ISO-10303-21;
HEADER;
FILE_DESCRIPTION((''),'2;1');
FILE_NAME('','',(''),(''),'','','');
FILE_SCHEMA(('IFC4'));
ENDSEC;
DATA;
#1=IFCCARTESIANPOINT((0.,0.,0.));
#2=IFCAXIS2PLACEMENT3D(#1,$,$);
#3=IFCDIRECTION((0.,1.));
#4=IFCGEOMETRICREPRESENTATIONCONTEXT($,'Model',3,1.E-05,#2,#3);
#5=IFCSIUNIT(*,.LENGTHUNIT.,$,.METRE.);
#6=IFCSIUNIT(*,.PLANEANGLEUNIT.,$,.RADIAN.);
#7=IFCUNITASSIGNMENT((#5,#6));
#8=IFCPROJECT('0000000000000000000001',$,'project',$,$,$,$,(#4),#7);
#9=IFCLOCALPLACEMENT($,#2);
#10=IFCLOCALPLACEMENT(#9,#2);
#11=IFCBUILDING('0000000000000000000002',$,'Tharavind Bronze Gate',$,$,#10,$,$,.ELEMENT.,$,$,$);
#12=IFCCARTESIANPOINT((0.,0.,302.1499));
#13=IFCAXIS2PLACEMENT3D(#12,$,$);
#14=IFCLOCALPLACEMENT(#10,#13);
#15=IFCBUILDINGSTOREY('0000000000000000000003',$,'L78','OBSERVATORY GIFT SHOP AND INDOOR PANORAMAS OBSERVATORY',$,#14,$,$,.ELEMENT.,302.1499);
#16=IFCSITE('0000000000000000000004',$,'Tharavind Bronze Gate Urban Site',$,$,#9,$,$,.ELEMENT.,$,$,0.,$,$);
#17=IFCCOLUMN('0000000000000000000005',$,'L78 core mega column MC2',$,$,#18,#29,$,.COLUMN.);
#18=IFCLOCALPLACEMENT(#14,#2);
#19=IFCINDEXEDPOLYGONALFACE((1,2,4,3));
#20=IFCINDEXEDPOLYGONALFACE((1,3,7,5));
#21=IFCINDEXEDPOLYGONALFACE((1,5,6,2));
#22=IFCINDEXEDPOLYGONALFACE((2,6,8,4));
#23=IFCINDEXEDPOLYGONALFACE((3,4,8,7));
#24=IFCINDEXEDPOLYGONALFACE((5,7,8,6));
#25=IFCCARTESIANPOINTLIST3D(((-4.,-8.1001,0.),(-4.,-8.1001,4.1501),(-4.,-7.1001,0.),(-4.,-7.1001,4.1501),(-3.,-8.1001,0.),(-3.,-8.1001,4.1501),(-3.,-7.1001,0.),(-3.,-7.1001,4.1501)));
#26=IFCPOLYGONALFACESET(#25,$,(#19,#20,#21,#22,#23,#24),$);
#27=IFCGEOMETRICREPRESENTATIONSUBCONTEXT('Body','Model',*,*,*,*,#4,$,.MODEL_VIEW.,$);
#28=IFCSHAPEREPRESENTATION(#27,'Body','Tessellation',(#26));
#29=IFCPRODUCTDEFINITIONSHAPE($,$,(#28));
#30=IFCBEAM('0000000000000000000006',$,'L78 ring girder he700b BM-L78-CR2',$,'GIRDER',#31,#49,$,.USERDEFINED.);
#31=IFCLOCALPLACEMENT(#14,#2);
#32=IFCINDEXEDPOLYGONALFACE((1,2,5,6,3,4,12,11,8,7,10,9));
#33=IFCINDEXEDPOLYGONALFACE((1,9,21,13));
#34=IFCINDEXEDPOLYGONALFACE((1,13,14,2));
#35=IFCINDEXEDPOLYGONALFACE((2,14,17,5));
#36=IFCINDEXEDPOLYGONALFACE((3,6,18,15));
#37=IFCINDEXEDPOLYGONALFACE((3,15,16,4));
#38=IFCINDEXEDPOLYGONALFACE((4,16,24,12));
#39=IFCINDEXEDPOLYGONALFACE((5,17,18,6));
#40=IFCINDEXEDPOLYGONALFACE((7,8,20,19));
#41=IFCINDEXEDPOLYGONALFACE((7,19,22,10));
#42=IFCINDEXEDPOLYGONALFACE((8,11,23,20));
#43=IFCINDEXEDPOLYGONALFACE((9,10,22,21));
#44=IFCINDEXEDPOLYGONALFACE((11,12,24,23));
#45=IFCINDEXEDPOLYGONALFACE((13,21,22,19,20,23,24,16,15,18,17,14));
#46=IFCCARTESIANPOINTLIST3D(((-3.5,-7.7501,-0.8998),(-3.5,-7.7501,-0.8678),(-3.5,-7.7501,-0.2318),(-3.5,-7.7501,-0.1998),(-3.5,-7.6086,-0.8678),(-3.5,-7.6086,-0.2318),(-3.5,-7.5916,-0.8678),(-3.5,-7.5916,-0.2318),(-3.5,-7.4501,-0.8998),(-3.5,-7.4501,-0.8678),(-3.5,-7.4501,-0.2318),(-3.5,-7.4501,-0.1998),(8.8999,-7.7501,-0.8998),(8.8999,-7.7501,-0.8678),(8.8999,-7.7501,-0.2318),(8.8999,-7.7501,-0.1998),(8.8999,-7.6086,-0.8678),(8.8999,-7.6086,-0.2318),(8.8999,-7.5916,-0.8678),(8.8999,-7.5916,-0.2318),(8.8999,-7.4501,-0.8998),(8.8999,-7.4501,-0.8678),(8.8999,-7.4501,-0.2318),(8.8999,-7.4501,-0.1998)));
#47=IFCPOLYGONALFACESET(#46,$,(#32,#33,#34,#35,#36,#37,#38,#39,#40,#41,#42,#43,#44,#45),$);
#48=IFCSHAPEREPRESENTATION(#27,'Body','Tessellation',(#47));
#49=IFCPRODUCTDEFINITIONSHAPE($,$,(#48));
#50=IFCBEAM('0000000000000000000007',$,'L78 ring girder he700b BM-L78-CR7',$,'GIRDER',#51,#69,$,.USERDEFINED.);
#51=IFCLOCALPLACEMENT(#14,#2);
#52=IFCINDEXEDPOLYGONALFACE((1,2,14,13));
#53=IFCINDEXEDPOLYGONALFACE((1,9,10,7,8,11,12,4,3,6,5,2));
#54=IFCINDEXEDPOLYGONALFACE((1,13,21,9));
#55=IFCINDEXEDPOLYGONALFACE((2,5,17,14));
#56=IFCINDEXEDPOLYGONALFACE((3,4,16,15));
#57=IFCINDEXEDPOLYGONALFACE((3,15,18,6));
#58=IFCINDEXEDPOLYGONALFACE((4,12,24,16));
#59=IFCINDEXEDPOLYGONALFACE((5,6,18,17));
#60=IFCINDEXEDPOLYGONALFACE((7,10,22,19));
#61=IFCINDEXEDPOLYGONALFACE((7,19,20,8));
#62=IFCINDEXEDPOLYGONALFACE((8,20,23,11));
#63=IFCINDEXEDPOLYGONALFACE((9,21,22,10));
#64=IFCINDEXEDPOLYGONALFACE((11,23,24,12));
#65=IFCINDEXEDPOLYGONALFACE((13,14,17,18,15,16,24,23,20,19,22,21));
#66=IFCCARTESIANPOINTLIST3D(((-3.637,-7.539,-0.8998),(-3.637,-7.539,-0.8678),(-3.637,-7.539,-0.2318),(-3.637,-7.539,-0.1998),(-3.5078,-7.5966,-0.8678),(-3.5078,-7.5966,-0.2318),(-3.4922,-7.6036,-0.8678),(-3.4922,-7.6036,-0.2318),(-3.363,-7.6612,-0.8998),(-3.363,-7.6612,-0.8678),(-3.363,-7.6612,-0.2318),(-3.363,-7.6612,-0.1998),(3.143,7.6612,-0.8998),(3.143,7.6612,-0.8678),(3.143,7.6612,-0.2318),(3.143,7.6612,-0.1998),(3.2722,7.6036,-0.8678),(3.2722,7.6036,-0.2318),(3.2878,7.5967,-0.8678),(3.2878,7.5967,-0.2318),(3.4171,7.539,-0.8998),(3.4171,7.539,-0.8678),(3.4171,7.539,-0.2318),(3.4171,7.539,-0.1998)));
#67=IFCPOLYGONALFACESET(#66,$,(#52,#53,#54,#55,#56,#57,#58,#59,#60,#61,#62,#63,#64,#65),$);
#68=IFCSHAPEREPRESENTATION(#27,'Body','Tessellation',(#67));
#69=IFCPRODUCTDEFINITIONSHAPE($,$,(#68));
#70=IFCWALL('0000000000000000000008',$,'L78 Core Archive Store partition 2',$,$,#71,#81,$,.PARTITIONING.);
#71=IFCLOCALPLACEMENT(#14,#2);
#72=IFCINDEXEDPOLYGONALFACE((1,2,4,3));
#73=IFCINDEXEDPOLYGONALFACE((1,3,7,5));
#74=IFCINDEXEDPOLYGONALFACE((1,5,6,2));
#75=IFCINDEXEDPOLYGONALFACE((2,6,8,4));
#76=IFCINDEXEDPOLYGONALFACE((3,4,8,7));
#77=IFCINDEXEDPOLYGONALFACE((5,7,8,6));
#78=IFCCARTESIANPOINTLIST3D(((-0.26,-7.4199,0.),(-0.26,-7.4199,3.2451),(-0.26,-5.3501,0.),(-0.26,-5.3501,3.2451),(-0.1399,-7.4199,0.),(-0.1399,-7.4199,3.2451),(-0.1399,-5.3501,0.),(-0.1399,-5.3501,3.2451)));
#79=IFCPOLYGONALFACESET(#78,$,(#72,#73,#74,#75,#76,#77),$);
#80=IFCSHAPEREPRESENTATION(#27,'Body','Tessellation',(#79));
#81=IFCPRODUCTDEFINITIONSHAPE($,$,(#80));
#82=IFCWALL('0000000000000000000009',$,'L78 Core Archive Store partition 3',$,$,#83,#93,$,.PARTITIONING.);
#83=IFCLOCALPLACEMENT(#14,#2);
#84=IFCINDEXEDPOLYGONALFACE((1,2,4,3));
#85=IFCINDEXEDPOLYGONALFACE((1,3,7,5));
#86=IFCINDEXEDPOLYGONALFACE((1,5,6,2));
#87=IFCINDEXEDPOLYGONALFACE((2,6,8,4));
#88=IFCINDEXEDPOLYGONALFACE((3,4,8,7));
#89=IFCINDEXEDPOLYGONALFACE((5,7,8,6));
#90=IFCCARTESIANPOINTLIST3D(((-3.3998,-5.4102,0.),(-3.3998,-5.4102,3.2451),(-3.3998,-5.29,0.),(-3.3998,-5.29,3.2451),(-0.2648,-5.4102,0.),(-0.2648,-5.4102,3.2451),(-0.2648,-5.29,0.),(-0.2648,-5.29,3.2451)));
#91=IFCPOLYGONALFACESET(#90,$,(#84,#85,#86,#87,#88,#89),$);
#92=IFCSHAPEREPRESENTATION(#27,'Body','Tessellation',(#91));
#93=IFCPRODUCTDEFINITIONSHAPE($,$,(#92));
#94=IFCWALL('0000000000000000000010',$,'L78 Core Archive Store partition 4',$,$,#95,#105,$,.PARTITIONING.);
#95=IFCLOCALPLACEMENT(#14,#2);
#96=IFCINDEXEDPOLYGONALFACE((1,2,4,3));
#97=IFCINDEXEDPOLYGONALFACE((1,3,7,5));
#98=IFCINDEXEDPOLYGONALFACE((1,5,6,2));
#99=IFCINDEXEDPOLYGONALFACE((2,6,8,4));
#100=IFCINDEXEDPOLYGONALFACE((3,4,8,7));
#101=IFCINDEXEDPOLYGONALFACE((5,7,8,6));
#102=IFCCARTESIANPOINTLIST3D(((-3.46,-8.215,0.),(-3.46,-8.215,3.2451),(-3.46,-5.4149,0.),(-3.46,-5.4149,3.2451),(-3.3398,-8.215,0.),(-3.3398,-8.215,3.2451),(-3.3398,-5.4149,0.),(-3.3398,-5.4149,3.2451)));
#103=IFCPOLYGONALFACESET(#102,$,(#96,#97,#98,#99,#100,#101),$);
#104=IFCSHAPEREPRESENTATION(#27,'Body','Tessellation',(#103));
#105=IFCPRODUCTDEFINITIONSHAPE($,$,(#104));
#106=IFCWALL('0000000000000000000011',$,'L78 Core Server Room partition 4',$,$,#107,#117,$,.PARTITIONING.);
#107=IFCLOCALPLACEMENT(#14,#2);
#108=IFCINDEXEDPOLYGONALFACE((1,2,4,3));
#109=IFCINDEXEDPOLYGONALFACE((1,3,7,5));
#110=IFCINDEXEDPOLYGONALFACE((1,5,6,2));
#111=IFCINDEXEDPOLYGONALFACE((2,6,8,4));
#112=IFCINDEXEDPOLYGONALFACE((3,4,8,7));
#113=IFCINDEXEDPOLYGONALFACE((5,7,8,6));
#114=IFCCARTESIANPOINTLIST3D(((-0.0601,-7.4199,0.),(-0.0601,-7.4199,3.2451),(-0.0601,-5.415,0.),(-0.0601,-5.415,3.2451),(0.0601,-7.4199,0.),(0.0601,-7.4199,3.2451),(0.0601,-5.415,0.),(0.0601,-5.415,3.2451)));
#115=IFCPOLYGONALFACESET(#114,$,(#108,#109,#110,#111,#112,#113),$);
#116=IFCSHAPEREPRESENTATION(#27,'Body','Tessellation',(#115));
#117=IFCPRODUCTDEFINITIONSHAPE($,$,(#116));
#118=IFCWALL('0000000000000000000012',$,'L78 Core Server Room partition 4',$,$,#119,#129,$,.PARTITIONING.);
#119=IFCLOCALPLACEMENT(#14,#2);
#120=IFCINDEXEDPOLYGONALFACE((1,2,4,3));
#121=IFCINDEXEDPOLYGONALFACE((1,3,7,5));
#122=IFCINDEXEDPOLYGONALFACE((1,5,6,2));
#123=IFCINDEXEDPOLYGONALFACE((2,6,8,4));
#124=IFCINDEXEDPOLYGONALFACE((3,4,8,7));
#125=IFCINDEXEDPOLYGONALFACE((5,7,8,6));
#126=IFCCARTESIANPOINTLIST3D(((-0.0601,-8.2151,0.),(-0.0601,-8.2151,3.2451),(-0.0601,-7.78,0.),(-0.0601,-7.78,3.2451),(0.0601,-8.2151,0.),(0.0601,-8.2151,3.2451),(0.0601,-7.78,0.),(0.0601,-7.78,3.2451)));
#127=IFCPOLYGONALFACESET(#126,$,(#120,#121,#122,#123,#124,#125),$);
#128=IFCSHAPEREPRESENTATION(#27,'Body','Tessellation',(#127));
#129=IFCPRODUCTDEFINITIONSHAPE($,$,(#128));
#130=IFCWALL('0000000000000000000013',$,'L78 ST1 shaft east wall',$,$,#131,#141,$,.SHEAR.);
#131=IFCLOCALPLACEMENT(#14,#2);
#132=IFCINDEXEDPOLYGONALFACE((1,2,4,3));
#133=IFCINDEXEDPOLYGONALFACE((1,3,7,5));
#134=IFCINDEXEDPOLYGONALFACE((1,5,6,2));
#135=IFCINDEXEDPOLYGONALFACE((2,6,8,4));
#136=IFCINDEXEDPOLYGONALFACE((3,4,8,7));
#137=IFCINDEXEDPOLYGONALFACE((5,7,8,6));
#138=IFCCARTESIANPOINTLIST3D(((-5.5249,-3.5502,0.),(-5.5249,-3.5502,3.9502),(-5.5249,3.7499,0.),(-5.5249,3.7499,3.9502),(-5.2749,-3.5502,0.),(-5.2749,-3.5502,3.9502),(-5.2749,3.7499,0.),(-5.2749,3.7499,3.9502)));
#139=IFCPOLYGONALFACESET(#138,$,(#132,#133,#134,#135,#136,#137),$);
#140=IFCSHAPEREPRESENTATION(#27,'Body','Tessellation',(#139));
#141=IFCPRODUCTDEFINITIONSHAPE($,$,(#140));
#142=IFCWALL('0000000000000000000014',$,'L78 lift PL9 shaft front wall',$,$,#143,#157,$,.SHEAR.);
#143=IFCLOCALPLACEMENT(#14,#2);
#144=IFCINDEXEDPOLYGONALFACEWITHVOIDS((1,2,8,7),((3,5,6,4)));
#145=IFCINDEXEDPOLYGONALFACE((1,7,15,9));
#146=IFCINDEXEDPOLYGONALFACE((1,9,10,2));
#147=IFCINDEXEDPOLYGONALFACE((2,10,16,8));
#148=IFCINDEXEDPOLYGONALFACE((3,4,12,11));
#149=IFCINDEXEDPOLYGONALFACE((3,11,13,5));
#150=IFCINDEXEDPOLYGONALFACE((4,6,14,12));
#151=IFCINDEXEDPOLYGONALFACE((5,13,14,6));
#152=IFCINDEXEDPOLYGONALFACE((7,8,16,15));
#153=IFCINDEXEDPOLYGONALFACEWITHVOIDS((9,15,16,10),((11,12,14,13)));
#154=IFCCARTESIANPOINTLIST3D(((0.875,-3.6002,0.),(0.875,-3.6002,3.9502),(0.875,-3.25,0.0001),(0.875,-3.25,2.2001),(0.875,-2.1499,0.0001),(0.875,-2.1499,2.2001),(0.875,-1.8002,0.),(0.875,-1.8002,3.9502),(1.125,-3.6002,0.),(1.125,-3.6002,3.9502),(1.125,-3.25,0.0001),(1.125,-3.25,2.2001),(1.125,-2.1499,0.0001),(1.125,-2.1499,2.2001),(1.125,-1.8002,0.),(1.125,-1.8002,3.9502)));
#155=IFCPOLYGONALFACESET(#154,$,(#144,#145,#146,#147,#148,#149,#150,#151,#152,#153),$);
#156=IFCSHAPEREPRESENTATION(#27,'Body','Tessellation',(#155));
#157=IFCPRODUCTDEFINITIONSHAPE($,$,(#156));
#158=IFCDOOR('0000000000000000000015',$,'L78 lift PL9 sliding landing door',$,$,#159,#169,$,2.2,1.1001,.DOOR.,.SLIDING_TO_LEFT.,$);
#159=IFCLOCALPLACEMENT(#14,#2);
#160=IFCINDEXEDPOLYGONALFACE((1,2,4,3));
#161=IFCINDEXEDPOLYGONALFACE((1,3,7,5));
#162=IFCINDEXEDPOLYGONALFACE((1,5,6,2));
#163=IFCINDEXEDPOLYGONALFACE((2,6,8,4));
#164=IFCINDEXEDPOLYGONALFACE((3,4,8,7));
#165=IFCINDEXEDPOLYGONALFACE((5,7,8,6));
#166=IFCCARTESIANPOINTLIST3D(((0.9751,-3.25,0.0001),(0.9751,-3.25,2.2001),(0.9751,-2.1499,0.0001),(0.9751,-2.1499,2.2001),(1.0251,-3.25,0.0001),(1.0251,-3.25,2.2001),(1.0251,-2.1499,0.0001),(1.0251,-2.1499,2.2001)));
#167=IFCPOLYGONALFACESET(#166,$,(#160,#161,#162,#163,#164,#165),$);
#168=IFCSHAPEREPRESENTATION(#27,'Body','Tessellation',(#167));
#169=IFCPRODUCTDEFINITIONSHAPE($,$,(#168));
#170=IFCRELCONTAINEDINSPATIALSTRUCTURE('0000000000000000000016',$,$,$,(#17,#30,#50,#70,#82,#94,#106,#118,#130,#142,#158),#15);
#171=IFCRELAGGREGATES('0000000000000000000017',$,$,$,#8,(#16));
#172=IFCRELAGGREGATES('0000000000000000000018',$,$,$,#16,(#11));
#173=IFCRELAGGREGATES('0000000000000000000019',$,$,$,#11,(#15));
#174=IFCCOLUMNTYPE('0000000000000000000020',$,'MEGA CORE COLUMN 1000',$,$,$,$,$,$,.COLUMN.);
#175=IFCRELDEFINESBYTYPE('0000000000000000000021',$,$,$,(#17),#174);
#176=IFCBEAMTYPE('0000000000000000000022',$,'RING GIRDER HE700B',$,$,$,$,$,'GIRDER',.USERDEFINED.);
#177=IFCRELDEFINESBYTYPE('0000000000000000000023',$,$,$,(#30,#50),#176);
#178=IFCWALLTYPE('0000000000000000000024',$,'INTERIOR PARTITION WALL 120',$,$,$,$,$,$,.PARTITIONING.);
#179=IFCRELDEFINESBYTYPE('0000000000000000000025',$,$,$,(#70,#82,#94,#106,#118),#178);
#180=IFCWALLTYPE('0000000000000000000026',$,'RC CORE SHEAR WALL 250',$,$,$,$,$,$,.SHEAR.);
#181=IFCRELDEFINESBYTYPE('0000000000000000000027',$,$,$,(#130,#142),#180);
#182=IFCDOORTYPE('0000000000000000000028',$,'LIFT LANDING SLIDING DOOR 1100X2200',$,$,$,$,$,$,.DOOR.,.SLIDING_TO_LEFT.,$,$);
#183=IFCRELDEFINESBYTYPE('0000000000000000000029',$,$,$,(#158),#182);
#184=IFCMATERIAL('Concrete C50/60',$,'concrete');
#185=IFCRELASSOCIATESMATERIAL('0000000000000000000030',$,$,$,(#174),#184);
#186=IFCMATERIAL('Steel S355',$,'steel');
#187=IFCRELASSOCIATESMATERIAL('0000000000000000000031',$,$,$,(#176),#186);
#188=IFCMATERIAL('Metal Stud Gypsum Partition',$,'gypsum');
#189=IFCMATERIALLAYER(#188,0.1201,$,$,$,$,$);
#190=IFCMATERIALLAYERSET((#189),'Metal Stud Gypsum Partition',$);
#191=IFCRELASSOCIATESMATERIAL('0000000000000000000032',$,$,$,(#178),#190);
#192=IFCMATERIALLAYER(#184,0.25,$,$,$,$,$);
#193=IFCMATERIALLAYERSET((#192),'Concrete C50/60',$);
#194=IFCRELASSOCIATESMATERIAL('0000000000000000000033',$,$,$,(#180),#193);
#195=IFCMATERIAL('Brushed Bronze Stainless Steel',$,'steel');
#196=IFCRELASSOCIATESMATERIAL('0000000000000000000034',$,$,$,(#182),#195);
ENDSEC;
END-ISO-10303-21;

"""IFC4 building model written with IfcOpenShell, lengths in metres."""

from ifc_helpers import new_model, si_unit, direction, frame, frame_2d, origin, origin_2d, place, context, subcontext, project, spatial, rectangle, i_section, extrude, material, layer, layer_set, material_profile, profile_set, type_object, element, fill, save


model = new_model("IFC4")

# Units and contexts
model_context = context("Model", 3, precision=1e-05, world=origin(), true_north=direction((0.0, 1.0)))
body_context = subcontext(model_context, "Body", "Model", "MODEL_VIEW")
ifc_project = project(units=[si_unit("LENGTHUNIT", "METRE"), si_unit("PLANEANGLEUNIT", "RADIAN")], contexts=[model_context])

# Site, building, storey
site_placement = place(None, origin())
site = spatial("IfcSite", under=ifc_project, at=site_placement, Name="Tharavind Bronze Gate Urban Site", CompositionType="ELEMENT", RefElevation=0.0)
building_placement = place(site_placement, origin())
building = spatial("IfcBuilding", under=site, at=building_placement, Name="Tharavind Bronze Gate", CompositionType="ELEMENT")
storey_placement = place(building_placement, frame((0.0, 0.0, 302.1499)))
storey = spatial("IfcBuildingStorey", under=building, at=storey_placement, Name="L78", Description="OBSERVATORY GIFT SHOP AND INDOOR PANORAMAS OBSERVATORY", CompositionType="ELEMENT", Elevation=302.1499)

# Column
ifc_material_1 = material(Name="Concrete C50/60", Category="concrete")
ifc_material_profile_1 = material_profile(ifc_material_1, rectangle(XDim=1.0, YDim=1.0, at=origin_2d()), Name="RCCOL1000")
ifc_profile_set_1 = profile_set([ifc_material_profile_1], Name="Concrete C50/60")
column_type = type_object("IfcColumnType", Name="MEGA CORE COLUMN 1000", PredefinedType="COLUMN", material=ifc_profile_set_1)
column_placement = place(storey_placement, frame((-3.5, -7.6001, 0.0), z_axis=(0.0, 0.0, 1.0), x_axis=(1.0, 0.0, 0.0)))
element("IfcColumn", 1, at=column_placement, inside=storey, type_object=column_type, Name="L78 core mega column MC2", PredefinedType="COLUMN", context=body_context, shape_type="SweptSolid", body=[
    extrude(rectangle(XDim=1.0, YDim=1.0, at=origin_2d()), origin(), (0.0, 0.0, 1.0), 4.1501),
])

# Beams
ifc_material_2 = material(Name="Steel S355", Category="steel")
ifc_material_profile_2 = material_profile(ifc_material_2, i_section(OverallWidth=0.3, OverallDepth=0.7, WebThickness=0.0171, FlangeThickness=0.032, at=origin_2d()), Name="HE700B")
ifc_profile_set_2 = profile_set([ifc_material_profile_2], Name="Steel S355")
beam_type = type_object("IfcBeamType", Name="RING GIRDER HE700B", ElementType="GIRDER", PredefinedType="USERDEFINED", material=ifc_profile_set_2)
beam_1_placement = place(storey_placement, frame((-3.5, -7.6001, -0.5498), z_axis=(1.0, 0.0, 0.0), x_axis=(0.0, 1.0, 0.0)))
element("IfcBeam", 2, at=beam_1_placement, inside=storey, type_object=beam_type, Name="L78 ring girder he700b BM-L78-CR2", ObjectType="GIRDER", PredefinedType="USERDEFINED", context=body_context, shape_type="SweptSolid", body=[
    extrude(i_section(OverallWidth=0.3, OverallDepth=0.7, WebThickness=0.0171, FlangeThickness=0.032, at=origin_2d()), origin(), (0.0, 0.0, 1.0), 12.3999),
])
beam_2_placement = place(storey_placement, frame((-3.5, -7.6001, -0.5498), z_axis=(0.407362, 0.913267, 0.0), x_axis=(-0.913267, 0.407362, 0.0)))
element("IfcBeam", 3, at=beam_2_placement, inside=storey, type_object=beam_type, Name="L78 ring girder he700b BM-L78-CR7", ObjectType="GIRDER", PredefinedType="USERDEFINED", context=body_context, shape_type="SweptSolid", body=[
    extrude(i_section(OverallWidth=0.3, OverallDepth=0.7, WebThickness=0.0171, FlangeThickness=0.032, at=origin_2d()), origin(), (0.0, 0.0, 1.0), 16.6438),
])

# Walls
ifc_material_3 = material(Name="Metal Stud Gypsum Partition", Category="gypsum")
ifc_layer_1 = layer(ifc_material_3, 0.1201)
ifc_layer_set_1 = layer_set([ifc_layer_1], Name="Metal Stud Gypsum Partition")
wall_type_1 = type_object("IfcWallType", Name="INTERIOR PARTITION WALL 120", PredefinedType="PARTITIONING", material=ifc_layer_set_1)
wall_1_placement = place(storey_placement, frame((-0.2, -7.4199, 0.0), z_axis=(0.0, 0.0, 1.0), x_axis=(0.0, 1.0, 0.0)))
element("IfcWall", 4, at=wall_1_placement, inside=storey, type_object=wall_type_1, Name="L78 Core Archive Store partition 2", PredefinedType="PARTITIONING", context=body_context, shape_type="SweptSolid", body=[
    extrude(rectangle(XDim=2.0698, YDim=0.1201, at=frame_2d((1.0349, 0.0))), origin(), (0.0, 0.0, 1.0), 3.2451),
])
wall_2_placement = place(storey_placement, frame((-0.2649, -5.3501, 0.0), z_axis=(0.0, 0.0, 1.0), x_axis=(-1.0, 0.0, 0.0)))
element("IfcWall", 5, at=wall_2_placement, inside=storey, type_object=wall_type_1, Name="L78 Core Archive Store partition 3", PredefinedType="PARTITIONING", context=body_context, shape_type="SweptSolid", body=[
    extrude(rectangle(XDim=3.135, YDim=0.1201, at=frame_2d((1.5674, 0.0))), origin(), (0.0, 0.0, 1.0), 3.2451),
])
wall_3_placement = place(storey_placement, frame((-3.3999, -5.415, 0.0), z_axis=(0.0, 0.0, 1.0), x_axis=(0.0, -1.0, 0.0)))
element("IfcWall", 6, at=wall_3_placement, inside=storey, type_object=wall_type_1, Name="L78 Core Archive Store partition 4", PredefinedType="PARTITIONING", context=body_context, shape_type="SweptSolid", body=[
    extrude(rectangle(XDim=2.8, YDim=0.1201, at=frame_2d((1.3999, 0.0))), origin(), (0.0, 0.0, 1.0), 3.2451),
])
wall_4_placement = place(storey_placement, frame((0.0, -5.415, 0.0), z_axis=(0.0, 0.0, 1.0), x_axis=(0.0, -1.0, 0.0)))
element("IfcWall", 7, at=wall_4_placement, inside=storey, type_object=wall_type_1, Name="L78 Core Server Room partition 4", PredefinedType="PARTITIONING", context=body_context, shape_type="SweptSolid", body=[
    extrude(rectangle(XDim=2.0049, YDim=0.1201, at=frame_2d((1.0024, 0.0))), origin(), (0.0, 0.0, 1.0), 3.2451),
])
wall_5_placement = place(storey_placement, frame((0.0, -7.78, 0.0), z_axis=(0.0, 0.0, 1.0), x_axis=(0.0, -1.0, 0.0)))
element("IfcWall", 8, at=wall_5_placement, inside=storey, type_object=wall_type_1, Name="L78 Core Server Room partition 4", PredefinedType="PARTITIONING", context=body_context, shape_type="SweptSolid", body=[
    extrude(rectangle(XDim=0.4351, YDim=0.1201, at=frame_2d((0.2175, 0.0))), origin(), (0.0, 0.0, 1.0), 3.2451),
])
ifc_layer_2 = layer(ifc_material_1, 0.25)
ifc_layer_set_2 = layer_set([ifc_layer_2], Name="Concrete C50/60")
wall_type_2 = type_object("IfcWallType", Name="RC CORE SHEAR WALL 250", PredefinedType="SHEAR", material=ifc_layer_set_2)
wall_6_placement = place(storey_placement, frame((-5.3999, -3.55, 0.0), z_axis=(0.0, 0.0, 1.0), x_axis=(0.0, 1.0, 0.0)))
element("IfcWall", 9, at=wall_6_placement, inside=storey, type_object=wall_type_2, Name="L78 ST1 shaft east wall", PredefinedType="SHEAR", context=body_context, shape_type="SweptSolid", body=[
    extrude(rectangle(XDim=7.3, YDim=0.25, at=frame_2d((3.6499, 0.0))), origin(), (0.0, 0.0, 1.0), 3.9502),
])

# Wall, opening, door
wall_7_placement = place(storey_placement, frame((1.0, -3.6001, 0.0), z_axis=(0.0, 0.0, 1.0), x_axis=(0.0, 1.0, 0.0)))
wall_7 = element("IfcWall", 10, at=wall_7_placement, inside=storey, type_object=wall_type_2, Name="L78 lift PL9 shaft front wall", PredefinedType="SHEAR", context=body_context, shape_type="SweptSolid", body=[
    extrude(rectangle(XDim=1.8, YDim=0.25, at=frame_2d((0.8999, 0.0))), origin(), (0.0, 0.0, 1.0), 3.9502),
])
opening_1_placement = place(wall_7_placement, frame((0.3501, 0.0, 0.0)))
opening_1 = element("IfcOpeningElement", 11, at=opening_1_placement, cuts=wall_7, PredefinedType="OPENING", context=body_context, shape_type="SweptSolid", body=[
    extrude(rectangle(XDim=1.1001, YDim=2.2, at=frame_2d((0.55, 1.1001))), frame((0.0, 0.135, 0.0), z_axis=(0.0, -1.0, 0.0), x_axis=(1.0, 0.0, 0.0)), (0.0, 0.0, 1.0), 0.27),
])
ifc_material_4 = material(Name="Brushed Bronze Stainless Steel", Category="steel")
door_type = type_object("IfcDoorType", Name="LIFT LANDING SLIDING DOOR 1100X2200", OperationType="SLIDING_TO_LEFT", PredefinedType="DOOR", material=ifc_material_4)
door_1_placement = place(opening_1_placement, origin())
door_1 = element("IfcDoor", 12, at=door_1_placement, inside=storey, type_object=door_type, Name="L78 lift PL9 sliding landing door", OperationType="SLIDING_TO_LEFT", OverallHeight=2.2, OverallWidth=1.1001, PredefinedType="DOOR", context=body_context, shape_type="SweptSolid", body=[
    extrude(rectangle(XDim=1.1001, YDim=2.2, at=frame_2d((0.55, 1.1001))), frame((0.0, 0.0249, 0.0), z_axis=(0.0, -1.0, 0.0), x_axis=(1.0, 0.0, 0.0)), (0.0, 0.0, 1.0), 0.05),
])
fill(opening_1, door_1)

save(model, "model.ifc")
